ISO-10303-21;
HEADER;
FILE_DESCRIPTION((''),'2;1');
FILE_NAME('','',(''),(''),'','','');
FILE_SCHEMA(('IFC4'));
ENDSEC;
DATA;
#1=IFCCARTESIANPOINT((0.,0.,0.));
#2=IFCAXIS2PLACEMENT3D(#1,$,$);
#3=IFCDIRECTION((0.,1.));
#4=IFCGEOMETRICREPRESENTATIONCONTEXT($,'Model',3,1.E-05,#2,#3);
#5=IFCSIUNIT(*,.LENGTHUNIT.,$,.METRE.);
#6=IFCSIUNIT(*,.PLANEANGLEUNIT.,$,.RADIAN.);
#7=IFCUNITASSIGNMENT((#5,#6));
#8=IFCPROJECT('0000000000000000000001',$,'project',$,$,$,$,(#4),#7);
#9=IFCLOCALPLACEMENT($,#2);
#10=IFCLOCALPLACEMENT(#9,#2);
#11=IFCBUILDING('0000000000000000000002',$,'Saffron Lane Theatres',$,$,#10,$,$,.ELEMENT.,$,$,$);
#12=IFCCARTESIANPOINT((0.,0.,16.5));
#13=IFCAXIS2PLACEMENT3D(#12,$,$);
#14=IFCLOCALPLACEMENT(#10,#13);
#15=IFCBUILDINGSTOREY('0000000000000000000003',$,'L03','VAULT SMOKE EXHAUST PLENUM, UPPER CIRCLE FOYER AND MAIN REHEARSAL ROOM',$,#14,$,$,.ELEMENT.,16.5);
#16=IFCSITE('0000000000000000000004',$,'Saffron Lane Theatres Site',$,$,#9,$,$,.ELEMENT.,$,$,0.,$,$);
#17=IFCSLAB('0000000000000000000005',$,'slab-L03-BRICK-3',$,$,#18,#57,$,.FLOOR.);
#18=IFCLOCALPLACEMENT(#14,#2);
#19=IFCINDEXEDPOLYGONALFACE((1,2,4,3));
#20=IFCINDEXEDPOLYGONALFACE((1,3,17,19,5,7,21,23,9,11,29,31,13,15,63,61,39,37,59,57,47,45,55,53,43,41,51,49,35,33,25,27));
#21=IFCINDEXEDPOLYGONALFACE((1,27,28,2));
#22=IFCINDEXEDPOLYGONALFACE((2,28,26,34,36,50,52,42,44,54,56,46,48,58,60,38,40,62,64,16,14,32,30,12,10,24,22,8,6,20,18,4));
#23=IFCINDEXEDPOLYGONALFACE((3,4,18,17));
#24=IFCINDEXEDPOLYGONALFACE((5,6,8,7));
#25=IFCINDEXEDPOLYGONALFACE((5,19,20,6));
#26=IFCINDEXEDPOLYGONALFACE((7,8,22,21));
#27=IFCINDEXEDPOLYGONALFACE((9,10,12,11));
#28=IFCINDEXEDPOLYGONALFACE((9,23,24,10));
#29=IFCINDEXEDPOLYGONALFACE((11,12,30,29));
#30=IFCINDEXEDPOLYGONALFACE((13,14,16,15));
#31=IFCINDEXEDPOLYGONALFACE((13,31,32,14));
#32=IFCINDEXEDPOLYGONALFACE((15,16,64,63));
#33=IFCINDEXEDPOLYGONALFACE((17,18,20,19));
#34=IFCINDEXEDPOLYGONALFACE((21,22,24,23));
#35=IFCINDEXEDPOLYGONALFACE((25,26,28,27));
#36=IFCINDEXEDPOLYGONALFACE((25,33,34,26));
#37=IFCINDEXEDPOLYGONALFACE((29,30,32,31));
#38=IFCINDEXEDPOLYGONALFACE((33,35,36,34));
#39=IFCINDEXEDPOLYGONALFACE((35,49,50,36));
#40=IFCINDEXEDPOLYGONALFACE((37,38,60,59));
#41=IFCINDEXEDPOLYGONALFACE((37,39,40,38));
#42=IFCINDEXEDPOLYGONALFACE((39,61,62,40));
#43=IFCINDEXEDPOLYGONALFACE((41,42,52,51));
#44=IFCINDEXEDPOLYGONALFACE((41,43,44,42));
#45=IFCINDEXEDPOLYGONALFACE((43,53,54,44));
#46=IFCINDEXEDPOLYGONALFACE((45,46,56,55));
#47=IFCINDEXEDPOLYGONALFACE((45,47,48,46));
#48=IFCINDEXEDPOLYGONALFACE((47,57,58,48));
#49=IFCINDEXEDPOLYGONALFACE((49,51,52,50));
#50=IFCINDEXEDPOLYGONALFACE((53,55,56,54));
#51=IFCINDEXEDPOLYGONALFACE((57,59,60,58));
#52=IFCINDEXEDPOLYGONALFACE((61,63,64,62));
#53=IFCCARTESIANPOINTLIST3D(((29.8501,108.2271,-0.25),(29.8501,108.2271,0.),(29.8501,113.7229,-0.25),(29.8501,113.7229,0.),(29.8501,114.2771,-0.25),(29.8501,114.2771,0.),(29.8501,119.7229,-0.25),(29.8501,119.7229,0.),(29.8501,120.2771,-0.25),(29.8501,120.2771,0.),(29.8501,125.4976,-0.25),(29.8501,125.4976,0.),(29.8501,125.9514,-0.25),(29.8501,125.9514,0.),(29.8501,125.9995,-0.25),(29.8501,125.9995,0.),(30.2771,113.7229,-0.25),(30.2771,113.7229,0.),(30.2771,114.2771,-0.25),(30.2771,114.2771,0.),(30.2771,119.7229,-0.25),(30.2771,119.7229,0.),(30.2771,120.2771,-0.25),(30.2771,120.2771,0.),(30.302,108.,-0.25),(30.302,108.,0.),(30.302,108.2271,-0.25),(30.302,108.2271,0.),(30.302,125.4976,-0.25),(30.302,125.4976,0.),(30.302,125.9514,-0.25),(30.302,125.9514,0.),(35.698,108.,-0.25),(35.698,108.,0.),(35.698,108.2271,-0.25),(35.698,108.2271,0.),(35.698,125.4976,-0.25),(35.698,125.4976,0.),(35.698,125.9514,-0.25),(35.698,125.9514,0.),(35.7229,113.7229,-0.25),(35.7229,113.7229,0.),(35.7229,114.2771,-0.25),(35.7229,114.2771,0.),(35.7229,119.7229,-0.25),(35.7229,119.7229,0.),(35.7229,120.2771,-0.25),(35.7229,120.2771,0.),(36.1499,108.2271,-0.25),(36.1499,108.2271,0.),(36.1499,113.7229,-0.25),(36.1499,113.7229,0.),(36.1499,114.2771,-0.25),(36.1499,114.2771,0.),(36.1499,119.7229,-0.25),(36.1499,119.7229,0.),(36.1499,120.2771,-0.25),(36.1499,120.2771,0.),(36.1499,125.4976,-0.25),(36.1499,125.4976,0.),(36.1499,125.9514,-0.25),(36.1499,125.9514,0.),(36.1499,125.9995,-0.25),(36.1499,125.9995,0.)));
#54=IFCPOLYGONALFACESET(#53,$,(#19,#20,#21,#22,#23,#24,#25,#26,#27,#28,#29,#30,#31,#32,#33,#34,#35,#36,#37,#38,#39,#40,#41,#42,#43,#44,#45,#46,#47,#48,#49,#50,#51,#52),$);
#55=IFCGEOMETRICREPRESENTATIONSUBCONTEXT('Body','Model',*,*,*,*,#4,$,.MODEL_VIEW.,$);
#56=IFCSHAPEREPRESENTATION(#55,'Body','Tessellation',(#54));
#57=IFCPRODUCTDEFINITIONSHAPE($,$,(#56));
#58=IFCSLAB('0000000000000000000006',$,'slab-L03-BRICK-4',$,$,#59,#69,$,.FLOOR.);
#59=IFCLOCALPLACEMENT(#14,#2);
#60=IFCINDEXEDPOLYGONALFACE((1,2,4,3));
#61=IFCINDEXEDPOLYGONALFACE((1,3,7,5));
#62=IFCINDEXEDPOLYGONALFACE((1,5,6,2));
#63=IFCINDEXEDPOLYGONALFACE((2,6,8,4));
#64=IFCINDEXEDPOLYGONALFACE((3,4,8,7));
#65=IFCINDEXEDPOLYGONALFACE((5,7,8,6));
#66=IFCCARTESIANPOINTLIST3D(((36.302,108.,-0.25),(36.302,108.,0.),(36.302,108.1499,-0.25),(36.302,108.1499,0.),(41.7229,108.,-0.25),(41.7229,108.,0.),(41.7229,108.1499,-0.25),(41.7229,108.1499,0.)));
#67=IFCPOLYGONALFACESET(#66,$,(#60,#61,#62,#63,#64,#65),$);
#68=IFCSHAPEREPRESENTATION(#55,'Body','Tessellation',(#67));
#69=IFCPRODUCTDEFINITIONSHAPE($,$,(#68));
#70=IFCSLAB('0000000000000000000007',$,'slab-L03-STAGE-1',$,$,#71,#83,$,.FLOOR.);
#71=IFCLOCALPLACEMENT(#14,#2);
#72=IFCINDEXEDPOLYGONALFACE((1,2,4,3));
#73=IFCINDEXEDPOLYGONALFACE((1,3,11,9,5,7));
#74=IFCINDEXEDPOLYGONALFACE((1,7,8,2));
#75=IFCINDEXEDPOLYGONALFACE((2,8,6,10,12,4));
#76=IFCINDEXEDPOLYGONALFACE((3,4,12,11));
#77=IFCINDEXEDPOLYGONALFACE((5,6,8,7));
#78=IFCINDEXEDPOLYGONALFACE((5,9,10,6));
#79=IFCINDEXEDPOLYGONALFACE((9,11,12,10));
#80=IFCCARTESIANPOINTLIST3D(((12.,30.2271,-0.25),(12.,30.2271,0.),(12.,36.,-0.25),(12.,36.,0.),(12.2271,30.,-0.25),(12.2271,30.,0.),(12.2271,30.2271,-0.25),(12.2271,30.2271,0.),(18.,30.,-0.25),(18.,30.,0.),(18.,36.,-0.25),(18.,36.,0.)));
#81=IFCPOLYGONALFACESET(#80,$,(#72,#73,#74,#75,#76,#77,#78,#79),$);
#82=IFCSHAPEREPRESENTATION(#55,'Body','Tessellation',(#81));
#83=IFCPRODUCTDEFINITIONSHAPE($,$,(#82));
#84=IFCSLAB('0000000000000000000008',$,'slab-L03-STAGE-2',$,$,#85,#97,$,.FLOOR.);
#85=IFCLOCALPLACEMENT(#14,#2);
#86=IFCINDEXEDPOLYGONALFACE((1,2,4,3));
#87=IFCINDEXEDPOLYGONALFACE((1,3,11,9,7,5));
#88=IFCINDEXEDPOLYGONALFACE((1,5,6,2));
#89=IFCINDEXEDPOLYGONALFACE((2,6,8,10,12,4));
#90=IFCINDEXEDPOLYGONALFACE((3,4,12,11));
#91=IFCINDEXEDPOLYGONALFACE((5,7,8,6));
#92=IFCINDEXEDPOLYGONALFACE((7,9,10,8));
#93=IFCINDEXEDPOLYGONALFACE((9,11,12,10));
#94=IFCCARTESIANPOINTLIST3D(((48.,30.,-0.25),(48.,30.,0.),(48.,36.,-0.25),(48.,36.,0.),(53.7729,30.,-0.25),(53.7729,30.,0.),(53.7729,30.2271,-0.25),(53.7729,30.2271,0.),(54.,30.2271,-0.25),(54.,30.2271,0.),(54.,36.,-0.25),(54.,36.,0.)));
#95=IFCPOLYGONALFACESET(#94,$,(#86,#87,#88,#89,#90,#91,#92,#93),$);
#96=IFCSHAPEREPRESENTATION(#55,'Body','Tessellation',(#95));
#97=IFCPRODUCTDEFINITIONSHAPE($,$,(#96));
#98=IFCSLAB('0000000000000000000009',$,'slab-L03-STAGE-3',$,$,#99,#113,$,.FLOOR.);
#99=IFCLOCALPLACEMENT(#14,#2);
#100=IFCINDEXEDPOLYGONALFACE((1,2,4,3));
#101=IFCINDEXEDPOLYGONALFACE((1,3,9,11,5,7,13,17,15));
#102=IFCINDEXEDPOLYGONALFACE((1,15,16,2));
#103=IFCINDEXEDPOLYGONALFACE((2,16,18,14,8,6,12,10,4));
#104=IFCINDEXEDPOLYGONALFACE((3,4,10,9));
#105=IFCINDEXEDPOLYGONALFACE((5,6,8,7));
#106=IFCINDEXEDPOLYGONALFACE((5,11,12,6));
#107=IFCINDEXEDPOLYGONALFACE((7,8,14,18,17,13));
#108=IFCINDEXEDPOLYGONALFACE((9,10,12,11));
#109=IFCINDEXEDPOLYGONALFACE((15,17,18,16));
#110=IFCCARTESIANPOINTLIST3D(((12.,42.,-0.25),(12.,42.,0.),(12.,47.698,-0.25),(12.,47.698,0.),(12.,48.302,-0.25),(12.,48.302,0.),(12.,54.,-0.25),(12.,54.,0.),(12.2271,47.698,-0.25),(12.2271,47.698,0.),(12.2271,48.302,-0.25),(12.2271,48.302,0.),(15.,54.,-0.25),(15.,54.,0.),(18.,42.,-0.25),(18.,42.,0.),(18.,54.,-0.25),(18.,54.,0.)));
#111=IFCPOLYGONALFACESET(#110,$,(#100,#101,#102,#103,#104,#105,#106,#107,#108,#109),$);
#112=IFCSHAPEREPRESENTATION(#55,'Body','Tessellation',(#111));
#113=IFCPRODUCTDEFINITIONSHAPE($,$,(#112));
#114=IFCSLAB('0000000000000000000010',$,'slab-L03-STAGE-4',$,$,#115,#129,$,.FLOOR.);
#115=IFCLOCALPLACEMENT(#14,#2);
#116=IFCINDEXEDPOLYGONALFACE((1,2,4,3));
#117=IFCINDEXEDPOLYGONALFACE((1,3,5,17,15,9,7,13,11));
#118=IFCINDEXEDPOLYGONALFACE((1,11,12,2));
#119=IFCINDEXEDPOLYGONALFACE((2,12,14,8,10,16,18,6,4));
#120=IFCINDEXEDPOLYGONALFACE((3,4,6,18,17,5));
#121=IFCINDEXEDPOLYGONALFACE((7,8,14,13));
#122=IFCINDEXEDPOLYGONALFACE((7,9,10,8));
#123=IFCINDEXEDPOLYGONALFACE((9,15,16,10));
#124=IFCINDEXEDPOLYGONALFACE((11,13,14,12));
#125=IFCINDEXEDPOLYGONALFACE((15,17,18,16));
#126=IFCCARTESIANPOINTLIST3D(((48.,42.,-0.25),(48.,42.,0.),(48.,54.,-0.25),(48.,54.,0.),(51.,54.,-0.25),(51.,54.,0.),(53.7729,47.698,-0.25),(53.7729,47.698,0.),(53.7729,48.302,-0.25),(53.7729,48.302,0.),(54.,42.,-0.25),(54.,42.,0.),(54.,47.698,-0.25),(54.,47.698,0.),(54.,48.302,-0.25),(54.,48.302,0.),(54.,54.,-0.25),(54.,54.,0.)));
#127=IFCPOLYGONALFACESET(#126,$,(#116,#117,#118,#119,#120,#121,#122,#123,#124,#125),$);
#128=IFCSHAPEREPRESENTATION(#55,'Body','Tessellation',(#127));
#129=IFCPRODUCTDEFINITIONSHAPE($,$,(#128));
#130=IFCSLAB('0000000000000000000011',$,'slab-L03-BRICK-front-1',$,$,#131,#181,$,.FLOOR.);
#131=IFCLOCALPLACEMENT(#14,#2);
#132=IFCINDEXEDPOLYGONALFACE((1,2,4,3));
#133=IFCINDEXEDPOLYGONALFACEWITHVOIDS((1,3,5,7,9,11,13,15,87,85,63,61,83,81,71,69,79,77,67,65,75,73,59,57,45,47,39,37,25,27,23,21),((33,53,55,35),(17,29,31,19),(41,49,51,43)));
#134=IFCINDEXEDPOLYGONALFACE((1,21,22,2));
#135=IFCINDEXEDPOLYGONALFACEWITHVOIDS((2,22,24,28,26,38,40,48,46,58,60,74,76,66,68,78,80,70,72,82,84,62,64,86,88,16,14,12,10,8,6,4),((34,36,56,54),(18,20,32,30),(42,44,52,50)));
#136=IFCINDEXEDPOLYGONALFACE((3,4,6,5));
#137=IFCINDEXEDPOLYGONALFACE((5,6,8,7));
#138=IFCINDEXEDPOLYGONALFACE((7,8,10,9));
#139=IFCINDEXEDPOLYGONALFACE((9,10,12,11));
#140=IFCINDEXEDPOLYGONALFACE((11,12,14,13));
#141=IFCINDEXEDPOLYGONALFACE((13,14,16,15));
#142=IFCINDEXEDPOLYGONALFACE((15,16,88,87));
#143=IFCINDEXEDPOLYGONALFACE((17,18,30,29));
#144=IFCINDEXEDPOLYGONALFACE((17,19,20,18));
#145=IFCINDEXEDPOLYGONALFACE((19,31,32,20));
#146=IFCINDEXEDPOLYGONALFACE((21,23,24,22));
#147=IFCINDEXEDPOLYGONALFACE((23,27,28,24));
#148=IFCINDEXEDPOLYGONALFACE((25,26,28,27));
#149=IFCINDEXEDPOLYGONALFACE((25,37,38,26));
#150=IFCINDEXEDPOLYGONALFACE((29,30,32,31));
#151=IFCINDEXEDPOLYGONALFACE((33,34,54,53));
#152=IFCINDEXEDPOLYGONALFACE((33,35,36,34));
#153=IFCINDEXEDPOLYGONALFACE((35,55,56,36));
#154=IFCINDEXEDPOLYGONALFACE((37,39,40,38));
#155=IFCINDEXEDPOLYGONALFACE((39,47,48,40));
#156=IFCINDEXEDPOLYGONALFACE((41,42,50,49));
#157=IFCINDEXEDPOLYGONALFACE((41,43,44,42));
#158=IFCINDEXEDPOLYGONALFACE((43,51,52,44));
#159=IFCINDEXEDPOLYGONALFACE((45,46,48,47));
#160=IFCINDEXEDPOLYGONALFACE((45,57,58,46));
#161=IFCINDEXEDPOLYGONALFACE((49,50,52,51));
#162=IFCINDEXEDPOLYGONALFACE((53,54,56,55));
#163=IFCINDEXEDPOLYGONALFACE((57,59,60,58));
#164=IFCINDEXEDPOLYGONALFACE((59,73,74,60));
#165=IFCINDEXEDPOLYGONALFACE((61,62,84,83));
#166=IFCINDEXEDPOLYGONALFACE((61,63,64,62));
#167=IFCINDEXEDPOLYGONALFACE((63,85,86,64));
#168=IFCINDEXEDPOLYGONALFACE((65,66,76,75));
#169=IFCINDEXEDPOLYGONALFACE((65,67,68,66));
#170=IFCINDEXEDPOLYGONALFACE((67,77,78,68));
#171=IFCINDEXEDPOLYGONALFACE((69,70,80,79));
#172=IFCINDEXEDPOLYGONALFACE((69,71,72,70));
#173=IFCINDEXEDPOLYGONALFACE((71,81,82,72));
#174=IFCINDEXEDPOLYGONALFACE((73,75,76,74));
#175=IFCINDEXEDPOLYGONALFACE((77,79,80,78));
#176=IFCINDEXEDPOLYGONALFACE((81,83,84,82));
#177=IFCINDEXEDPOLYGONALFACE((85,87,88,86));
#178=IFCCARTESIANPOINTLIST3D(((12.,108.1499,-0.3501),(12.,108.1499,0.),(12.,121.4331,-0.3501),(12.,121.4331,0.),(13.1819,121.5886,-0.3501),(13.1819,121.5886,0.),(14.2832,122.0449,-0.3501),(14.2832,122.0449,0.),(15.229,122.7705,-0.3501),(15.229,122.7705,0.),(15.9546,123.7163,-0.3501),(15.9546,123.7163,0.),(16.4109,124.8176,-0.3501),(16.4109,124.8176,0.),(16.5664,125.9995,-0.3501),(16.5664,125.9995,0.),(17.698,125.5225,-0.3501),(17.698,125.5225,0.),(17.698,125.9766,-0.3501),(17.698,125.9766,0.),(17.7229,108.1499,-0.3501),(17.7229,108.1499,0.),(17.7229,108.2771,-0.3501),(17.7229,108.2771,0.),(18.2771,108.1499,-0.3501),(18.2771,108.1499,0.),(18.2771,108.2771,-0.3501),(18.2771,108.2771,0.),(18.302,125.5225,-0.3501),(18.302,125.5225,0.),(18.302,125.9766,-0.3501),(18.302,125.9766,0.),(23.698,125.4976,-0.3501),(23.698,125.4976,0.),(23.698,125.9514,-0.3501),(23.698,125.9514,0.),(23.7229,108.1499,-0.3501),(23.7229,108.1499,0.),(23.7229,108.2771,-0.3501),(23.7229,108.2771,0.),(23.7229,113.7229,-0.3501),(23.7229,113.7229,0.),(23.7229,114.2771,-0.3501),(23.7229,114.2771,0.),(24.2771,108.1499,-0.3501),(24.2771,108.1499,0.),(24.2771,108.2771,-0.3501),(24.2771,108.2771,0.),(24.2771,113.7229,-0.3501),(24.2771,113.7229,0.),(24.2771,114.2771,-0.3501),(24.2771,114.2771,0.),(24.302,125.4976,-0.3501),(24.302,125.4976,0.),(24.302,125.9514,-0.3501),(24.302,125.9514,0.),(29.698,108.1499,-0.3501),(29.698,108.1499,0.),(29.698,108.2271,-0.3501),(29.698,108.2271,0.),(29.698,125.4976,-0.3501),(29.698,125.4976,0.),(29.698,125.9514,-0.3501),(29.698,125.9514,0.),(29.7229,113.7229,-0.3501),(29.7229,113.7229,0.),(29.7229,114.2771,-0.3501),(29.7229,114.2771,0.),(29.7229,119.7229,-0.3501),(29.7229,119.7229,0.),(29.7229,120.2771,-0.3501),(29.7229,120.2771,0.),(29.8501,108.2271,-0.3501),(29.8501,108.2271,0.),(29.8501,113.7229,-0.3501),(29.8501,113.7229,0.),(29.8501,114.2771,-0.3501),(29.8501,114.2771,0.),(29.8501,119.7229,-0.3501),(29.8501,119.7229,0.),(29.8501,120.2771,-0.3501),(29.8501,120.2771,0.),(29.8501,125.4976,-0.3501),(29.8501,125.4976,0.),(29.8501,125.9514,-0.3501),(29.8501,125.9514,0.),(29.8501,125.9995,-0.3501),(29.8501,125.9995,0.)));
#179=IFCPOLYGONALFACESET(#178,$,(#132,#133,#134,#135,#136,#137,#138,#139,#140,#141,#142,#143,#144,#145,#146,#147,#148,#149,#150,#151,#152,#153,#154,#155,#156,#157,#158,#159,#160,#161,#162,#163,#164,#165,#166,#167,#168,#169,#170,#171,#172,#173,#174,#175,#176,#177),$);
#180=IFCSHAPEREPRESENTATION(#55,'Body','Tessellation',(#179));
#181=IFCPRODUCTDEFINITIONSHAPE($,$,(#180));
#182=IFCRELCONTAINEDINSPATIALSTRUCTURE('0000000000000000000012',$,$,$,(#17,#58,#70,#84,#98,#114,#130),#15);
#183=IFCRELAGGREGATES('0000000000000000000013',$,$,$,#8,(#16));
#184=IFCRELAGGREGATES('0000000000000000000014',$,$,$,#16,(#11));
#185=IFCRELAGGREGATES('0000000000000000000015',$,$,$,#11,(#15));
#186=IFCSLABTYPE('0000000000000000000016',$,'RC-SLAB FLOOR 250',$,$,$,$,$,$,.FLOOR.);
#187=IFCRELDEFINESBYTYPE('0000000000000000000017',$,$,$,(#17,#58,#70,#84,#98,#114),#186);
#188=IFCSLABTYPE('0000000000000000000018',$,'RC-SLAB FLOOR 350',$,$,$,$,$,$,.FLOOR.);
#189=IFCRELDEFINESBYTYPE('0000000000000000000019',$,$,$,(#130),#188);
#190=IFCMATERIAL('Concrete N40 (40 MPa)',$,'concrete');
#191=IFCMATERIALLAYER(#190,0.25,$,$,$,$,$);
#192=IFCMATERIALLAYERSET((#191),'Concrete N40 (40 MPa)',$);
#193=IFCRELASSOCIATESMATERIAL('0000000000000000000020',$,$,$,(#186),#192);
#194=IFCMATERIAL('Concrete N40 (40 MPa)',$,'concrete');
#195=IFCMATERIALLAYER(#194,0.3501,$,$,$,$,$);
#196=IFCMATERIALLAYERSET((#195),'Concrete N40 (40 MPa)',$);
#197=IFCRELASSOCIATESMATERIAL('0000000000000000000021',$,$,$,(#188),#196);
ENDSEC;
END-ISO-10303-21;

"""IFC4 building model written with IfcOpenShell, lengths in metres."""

from ifc_helpers import new_model, si_unit, direction, frame, origin, place, context, subcontext, project, spatial, polyline, outline, extrude, material, layer, layer_set, type_object, element, save


model = new_model("IFC4")

# Units and contexts
model_context = context("Model", 3, precision=1e-05, world=origin(), true_north=direction((0.0, 1.0)))
body_context = subcontext(model_context, "Body", "Model", "MODEL_VIEW")
ifc_project = project(units=[si_unit("LENGTHUNIT", "METRE"), si_unit("PLANEANGLEUNIT", "RADIAN")], contexts=[model_context])

# Site, building, storey
site_placement = place(None, origin())
site = spatial("IfcSite", under=ifc_project, at=site_placement, Name="Saffron Lane Theatres Site", CompositionType="ELEMENT", RefElevation=0.0)
building_placement = place(site_placement, origin())
building = spatial("IfcBuilding", under=site, at=building_placement, Name="Saffron Lane Theatres", CompositionType="ELEMENT")
storey_placement = place(building_placement, frame((0.0, 0.0, 16.5)))
storey = spatial("IfcBuildingStorey", under=building, at=storey_placement, Name="L03", Description="VAULT SMOKE EXHAUST PLENUM, UPPER CIRCLE FOYER AND MAIN REHEARSAL ROOM", CompositionType="ELEMENT", Elevation=16.5)

# Slabs
ifc_material_1 = material(Name="Concrete N40 (40 MPa)", Category="concrete")
ifc_layer_1 = layer(ifc_material_1, 0.25)
ifc_layer_set_1 = layer_set([ifc_layer_1], Name="Concrete N40 (40 MPa)")
slab_type_1 = type_object("IfcSlabType", Name="RC-SLAB FLOOR 250", PredefinedType="FLOOR", material=ifc_layer_set_1)
slab_1_placement = place(storey_placement, frame((0.0, 0.0, -0.25)))
element("IfcSlab", 1, at=slab_1_placement, inside=storey, type_object=slab_type_1, Name="slab-L03-BRICK-3", PredefinedType="FLOOR", context=body_context, shape_type="SweptSolid", body=[
    extrude(outline(polyline([(36.1499, 125.9514), (36.1499, 125.9995), (29.8501, 125.9995), (29.8501, 125.9514), (30.302, 125.9514), (30.302, 125.4976), (29.8501, 125.4976), (29.8501, 120.2771), (30.2771, 120.2771), (30.2771, 119.7229), (29.8501, 119.7229), (29.8501, 114.2771), (30.2771, 114.2771), (30.2771, 113.7229), (29.8501, 113.7229), (29.8501, 108.2271), (30.302, 108.2271), (30.302, 108.0), (35.698, 108.0), (35.698, 108.2271), (36.1499, 108.2271), (36.1499, 113.7229), (35.7229, 113.7229), (35.7229, 114.2771), (36.1499, 114.2771), (36.1499, 119.7229), (35.7229, 119.7229), (35.7229, 120.2771), (36.1499, 120.2771), (36.1499, 125.4976), (35.698, 125.4976), (35.698, 125.9514), (36.1499, 125.9514)])), origin(), (0.0, 0.0, 1.0), 0.25),
])
slab_2_placement = place(storey_placement, frame((0.0, 0.0, -0.25)))
element("IfcSlab", 2, at=slab_2_placement, inside=storey, type_object=slab_type_1, Name="slab-L03-BRICK-4", PredefinedType="FLOOR", context=body_context, shape_type="SweptSolid", body=[
    extrude(outline(polyline([(36.302, 108.0), (41.7229, 108.0), (41.7229, 108.1499), (36.302, 108.1499), (36.302, 108.0)])), origin(), (0.0, 0.0, 1.0), 0.25),
])
slab_3_placement = place(storey_placement, frame((0.0, 0.0, -0.25)))
element("IfcSlab", 3, at=slab_3_placement, inside=storey, type_object=slab_type_1, Name="slab-L03-STAGE-1", PredefinedType="FLOOR", context=body_context, shape_type="SweptSolid", body=[
    extrude(outline(polyline([(18.0, 36.0), (12.0, 36.0), (12.0, 30.2271), (12.2271, 30.2271), (12.2271, 30.0), (18.0, 30.0), (18.0, 36.0)])), origin(), (0.0, 0.0, 1.0), 0.25),
])
slab_4_placement = place(storey_placement, frame((0.0, 0.0, -0.25)))
element("IfcSlab", 4, at=slab_4_placement, inside=storey, type_object=slab_type_1, Name="slab-L03-STAGE-2", PredefinedType="FLOOR", context=body_context, shape_type="SweptSolid", body=[
    extrude(outline(polyline([(53.7729, 30.2271), (54.0, 30.2271), (54.0, 36.0), (48.0, 36.0), (48.0, 30.0), (53.7729, 30.0), (53.7729, 30.2271)])), origin(), (0.0, 0.0, 1.0), 0.25),
])
slab_5_placement = place(storey_placement, frame((0.0, 0.0, -0.25)))
element("IfcSlab", 5, at=slab_5_placement, inside=storey, type_object=slab_type_1, Name="slab-L03-STAGE-3", PredefinedType="FLOOR", context=body_context, shape_type="SweptSolid", body=[
    extrude(outline(polyline([(18.0, 42.0), (18.0, 54.0), (15.0, 54.0), (12.0, 54.0), (12.0, 48.302), (12.2271, 48.302), (12.2271, 47.698), (12.0, 47.698), (12.0, 42.0), (18.0, 42.0)])), origin(), (0.0, 0.0, 1.0), 0.25),
])
slab_6_placement = place(storey_placement, frame((0.0, 0.0, -0.25)))
element("IfcSlab", 6, at=slab_6_placement, inside=storey, type_object=slab_type_1, Name="slab-L03-STAGE-4", PredefinedType="FLOOR", context=body_context, shape_type="SweptSolid", body=[
    extrude(outline(polyline([(48.0, 42.0), (54.0, 42.0), (54.0, 47.698), (53.7729, 47.698), (53.7729, 48.302), (54.0, 48.302), (54.0, 54.0), (51.0, 54.0), (48.0, 54.0), (48.0, 42.0)])), origin(), (0.0, 0.0, 1.0), 0.25),
])
ifc_material_2 = material(Name="Concrete N40 (40 MPa)", Category="concrete")
ifc_layer_2 = layer(ifc_material_2, 0.3501)
ifc_layer_set_2 = layer_set([ifc_layer_2], Name="Concrete N40 (40 MPa)")
slab_type_2 = type_object("IfcSlabType", Name="RC-SLAB FLOOR 350", PredefinedType="FLOOR", material=ifc_layer_set_2)
slab_7_placement = place(storey_placement, frame((0.0, 0.0, -0.3501)))
element("IfcSlab", 7, at=slab_7_placement, inside=storey, type_object=slab_type_2, Name="slab-L03-BRICK-front-1", PredefinedType="FLOOR", context=body_context, shape_type="SweptSolid", body=[
    extrude(outline(polyline([(13.1819, 121.5886), (12.0, 121.4331), (12.0, 108.1499), (17.7229, 108.1499), (17.7229, 108.2771), (18.2771, 108.2771), (18.2771, 108.1499), (23.7229, 108.1499), (23.7229, 108.2771), (24.2771, 108.2771), (24.2771, 108.1499), (29.698, 108.1499), (29.698, 108.2271), (29.8501, 108.2271), (29.8501, 113.7229), (29.7229, 113.7229), (29.7229, 114.2771), (29.8501, 114.2771), (29.8501, 119.7229), (29.7229, 119.7229), (29.7229, 120.2771), (29.8501, 120.2771), (29.8501, 125.4976), (29.698, 125.4976), (29.698, 125.9514), (29.8501, 125.9514), (29.8501, 125.9995), (16.5664, 125.9995), (16.4109, 124.8176), (15.9546, 123.7163), (15.229, 122.7705), (14.2832, 122.0449), (13.1819, 121.5886)]), holes=[polyline([(24.302, 125.9514), (24.302, 125.4976), (23.698, 125.4976), (23.698, 125.9514), (24.302, 125.9514)]), polyline([(24.2771, 114.2771), (24.2771, 113.7229), (23.7229, 113.7229), (23.7229, 114.2771), (24.2771, 114.2771)]), polyline([(18.302, 125.9766), (18.302, 125.5225), (17.698, 125.5225), (17.698, 125.9766), (18.302, 125.9766)])]), origin(), (0.0, 0.0, 1.0), 0.3501),
])

save(model, "model.ifc")
